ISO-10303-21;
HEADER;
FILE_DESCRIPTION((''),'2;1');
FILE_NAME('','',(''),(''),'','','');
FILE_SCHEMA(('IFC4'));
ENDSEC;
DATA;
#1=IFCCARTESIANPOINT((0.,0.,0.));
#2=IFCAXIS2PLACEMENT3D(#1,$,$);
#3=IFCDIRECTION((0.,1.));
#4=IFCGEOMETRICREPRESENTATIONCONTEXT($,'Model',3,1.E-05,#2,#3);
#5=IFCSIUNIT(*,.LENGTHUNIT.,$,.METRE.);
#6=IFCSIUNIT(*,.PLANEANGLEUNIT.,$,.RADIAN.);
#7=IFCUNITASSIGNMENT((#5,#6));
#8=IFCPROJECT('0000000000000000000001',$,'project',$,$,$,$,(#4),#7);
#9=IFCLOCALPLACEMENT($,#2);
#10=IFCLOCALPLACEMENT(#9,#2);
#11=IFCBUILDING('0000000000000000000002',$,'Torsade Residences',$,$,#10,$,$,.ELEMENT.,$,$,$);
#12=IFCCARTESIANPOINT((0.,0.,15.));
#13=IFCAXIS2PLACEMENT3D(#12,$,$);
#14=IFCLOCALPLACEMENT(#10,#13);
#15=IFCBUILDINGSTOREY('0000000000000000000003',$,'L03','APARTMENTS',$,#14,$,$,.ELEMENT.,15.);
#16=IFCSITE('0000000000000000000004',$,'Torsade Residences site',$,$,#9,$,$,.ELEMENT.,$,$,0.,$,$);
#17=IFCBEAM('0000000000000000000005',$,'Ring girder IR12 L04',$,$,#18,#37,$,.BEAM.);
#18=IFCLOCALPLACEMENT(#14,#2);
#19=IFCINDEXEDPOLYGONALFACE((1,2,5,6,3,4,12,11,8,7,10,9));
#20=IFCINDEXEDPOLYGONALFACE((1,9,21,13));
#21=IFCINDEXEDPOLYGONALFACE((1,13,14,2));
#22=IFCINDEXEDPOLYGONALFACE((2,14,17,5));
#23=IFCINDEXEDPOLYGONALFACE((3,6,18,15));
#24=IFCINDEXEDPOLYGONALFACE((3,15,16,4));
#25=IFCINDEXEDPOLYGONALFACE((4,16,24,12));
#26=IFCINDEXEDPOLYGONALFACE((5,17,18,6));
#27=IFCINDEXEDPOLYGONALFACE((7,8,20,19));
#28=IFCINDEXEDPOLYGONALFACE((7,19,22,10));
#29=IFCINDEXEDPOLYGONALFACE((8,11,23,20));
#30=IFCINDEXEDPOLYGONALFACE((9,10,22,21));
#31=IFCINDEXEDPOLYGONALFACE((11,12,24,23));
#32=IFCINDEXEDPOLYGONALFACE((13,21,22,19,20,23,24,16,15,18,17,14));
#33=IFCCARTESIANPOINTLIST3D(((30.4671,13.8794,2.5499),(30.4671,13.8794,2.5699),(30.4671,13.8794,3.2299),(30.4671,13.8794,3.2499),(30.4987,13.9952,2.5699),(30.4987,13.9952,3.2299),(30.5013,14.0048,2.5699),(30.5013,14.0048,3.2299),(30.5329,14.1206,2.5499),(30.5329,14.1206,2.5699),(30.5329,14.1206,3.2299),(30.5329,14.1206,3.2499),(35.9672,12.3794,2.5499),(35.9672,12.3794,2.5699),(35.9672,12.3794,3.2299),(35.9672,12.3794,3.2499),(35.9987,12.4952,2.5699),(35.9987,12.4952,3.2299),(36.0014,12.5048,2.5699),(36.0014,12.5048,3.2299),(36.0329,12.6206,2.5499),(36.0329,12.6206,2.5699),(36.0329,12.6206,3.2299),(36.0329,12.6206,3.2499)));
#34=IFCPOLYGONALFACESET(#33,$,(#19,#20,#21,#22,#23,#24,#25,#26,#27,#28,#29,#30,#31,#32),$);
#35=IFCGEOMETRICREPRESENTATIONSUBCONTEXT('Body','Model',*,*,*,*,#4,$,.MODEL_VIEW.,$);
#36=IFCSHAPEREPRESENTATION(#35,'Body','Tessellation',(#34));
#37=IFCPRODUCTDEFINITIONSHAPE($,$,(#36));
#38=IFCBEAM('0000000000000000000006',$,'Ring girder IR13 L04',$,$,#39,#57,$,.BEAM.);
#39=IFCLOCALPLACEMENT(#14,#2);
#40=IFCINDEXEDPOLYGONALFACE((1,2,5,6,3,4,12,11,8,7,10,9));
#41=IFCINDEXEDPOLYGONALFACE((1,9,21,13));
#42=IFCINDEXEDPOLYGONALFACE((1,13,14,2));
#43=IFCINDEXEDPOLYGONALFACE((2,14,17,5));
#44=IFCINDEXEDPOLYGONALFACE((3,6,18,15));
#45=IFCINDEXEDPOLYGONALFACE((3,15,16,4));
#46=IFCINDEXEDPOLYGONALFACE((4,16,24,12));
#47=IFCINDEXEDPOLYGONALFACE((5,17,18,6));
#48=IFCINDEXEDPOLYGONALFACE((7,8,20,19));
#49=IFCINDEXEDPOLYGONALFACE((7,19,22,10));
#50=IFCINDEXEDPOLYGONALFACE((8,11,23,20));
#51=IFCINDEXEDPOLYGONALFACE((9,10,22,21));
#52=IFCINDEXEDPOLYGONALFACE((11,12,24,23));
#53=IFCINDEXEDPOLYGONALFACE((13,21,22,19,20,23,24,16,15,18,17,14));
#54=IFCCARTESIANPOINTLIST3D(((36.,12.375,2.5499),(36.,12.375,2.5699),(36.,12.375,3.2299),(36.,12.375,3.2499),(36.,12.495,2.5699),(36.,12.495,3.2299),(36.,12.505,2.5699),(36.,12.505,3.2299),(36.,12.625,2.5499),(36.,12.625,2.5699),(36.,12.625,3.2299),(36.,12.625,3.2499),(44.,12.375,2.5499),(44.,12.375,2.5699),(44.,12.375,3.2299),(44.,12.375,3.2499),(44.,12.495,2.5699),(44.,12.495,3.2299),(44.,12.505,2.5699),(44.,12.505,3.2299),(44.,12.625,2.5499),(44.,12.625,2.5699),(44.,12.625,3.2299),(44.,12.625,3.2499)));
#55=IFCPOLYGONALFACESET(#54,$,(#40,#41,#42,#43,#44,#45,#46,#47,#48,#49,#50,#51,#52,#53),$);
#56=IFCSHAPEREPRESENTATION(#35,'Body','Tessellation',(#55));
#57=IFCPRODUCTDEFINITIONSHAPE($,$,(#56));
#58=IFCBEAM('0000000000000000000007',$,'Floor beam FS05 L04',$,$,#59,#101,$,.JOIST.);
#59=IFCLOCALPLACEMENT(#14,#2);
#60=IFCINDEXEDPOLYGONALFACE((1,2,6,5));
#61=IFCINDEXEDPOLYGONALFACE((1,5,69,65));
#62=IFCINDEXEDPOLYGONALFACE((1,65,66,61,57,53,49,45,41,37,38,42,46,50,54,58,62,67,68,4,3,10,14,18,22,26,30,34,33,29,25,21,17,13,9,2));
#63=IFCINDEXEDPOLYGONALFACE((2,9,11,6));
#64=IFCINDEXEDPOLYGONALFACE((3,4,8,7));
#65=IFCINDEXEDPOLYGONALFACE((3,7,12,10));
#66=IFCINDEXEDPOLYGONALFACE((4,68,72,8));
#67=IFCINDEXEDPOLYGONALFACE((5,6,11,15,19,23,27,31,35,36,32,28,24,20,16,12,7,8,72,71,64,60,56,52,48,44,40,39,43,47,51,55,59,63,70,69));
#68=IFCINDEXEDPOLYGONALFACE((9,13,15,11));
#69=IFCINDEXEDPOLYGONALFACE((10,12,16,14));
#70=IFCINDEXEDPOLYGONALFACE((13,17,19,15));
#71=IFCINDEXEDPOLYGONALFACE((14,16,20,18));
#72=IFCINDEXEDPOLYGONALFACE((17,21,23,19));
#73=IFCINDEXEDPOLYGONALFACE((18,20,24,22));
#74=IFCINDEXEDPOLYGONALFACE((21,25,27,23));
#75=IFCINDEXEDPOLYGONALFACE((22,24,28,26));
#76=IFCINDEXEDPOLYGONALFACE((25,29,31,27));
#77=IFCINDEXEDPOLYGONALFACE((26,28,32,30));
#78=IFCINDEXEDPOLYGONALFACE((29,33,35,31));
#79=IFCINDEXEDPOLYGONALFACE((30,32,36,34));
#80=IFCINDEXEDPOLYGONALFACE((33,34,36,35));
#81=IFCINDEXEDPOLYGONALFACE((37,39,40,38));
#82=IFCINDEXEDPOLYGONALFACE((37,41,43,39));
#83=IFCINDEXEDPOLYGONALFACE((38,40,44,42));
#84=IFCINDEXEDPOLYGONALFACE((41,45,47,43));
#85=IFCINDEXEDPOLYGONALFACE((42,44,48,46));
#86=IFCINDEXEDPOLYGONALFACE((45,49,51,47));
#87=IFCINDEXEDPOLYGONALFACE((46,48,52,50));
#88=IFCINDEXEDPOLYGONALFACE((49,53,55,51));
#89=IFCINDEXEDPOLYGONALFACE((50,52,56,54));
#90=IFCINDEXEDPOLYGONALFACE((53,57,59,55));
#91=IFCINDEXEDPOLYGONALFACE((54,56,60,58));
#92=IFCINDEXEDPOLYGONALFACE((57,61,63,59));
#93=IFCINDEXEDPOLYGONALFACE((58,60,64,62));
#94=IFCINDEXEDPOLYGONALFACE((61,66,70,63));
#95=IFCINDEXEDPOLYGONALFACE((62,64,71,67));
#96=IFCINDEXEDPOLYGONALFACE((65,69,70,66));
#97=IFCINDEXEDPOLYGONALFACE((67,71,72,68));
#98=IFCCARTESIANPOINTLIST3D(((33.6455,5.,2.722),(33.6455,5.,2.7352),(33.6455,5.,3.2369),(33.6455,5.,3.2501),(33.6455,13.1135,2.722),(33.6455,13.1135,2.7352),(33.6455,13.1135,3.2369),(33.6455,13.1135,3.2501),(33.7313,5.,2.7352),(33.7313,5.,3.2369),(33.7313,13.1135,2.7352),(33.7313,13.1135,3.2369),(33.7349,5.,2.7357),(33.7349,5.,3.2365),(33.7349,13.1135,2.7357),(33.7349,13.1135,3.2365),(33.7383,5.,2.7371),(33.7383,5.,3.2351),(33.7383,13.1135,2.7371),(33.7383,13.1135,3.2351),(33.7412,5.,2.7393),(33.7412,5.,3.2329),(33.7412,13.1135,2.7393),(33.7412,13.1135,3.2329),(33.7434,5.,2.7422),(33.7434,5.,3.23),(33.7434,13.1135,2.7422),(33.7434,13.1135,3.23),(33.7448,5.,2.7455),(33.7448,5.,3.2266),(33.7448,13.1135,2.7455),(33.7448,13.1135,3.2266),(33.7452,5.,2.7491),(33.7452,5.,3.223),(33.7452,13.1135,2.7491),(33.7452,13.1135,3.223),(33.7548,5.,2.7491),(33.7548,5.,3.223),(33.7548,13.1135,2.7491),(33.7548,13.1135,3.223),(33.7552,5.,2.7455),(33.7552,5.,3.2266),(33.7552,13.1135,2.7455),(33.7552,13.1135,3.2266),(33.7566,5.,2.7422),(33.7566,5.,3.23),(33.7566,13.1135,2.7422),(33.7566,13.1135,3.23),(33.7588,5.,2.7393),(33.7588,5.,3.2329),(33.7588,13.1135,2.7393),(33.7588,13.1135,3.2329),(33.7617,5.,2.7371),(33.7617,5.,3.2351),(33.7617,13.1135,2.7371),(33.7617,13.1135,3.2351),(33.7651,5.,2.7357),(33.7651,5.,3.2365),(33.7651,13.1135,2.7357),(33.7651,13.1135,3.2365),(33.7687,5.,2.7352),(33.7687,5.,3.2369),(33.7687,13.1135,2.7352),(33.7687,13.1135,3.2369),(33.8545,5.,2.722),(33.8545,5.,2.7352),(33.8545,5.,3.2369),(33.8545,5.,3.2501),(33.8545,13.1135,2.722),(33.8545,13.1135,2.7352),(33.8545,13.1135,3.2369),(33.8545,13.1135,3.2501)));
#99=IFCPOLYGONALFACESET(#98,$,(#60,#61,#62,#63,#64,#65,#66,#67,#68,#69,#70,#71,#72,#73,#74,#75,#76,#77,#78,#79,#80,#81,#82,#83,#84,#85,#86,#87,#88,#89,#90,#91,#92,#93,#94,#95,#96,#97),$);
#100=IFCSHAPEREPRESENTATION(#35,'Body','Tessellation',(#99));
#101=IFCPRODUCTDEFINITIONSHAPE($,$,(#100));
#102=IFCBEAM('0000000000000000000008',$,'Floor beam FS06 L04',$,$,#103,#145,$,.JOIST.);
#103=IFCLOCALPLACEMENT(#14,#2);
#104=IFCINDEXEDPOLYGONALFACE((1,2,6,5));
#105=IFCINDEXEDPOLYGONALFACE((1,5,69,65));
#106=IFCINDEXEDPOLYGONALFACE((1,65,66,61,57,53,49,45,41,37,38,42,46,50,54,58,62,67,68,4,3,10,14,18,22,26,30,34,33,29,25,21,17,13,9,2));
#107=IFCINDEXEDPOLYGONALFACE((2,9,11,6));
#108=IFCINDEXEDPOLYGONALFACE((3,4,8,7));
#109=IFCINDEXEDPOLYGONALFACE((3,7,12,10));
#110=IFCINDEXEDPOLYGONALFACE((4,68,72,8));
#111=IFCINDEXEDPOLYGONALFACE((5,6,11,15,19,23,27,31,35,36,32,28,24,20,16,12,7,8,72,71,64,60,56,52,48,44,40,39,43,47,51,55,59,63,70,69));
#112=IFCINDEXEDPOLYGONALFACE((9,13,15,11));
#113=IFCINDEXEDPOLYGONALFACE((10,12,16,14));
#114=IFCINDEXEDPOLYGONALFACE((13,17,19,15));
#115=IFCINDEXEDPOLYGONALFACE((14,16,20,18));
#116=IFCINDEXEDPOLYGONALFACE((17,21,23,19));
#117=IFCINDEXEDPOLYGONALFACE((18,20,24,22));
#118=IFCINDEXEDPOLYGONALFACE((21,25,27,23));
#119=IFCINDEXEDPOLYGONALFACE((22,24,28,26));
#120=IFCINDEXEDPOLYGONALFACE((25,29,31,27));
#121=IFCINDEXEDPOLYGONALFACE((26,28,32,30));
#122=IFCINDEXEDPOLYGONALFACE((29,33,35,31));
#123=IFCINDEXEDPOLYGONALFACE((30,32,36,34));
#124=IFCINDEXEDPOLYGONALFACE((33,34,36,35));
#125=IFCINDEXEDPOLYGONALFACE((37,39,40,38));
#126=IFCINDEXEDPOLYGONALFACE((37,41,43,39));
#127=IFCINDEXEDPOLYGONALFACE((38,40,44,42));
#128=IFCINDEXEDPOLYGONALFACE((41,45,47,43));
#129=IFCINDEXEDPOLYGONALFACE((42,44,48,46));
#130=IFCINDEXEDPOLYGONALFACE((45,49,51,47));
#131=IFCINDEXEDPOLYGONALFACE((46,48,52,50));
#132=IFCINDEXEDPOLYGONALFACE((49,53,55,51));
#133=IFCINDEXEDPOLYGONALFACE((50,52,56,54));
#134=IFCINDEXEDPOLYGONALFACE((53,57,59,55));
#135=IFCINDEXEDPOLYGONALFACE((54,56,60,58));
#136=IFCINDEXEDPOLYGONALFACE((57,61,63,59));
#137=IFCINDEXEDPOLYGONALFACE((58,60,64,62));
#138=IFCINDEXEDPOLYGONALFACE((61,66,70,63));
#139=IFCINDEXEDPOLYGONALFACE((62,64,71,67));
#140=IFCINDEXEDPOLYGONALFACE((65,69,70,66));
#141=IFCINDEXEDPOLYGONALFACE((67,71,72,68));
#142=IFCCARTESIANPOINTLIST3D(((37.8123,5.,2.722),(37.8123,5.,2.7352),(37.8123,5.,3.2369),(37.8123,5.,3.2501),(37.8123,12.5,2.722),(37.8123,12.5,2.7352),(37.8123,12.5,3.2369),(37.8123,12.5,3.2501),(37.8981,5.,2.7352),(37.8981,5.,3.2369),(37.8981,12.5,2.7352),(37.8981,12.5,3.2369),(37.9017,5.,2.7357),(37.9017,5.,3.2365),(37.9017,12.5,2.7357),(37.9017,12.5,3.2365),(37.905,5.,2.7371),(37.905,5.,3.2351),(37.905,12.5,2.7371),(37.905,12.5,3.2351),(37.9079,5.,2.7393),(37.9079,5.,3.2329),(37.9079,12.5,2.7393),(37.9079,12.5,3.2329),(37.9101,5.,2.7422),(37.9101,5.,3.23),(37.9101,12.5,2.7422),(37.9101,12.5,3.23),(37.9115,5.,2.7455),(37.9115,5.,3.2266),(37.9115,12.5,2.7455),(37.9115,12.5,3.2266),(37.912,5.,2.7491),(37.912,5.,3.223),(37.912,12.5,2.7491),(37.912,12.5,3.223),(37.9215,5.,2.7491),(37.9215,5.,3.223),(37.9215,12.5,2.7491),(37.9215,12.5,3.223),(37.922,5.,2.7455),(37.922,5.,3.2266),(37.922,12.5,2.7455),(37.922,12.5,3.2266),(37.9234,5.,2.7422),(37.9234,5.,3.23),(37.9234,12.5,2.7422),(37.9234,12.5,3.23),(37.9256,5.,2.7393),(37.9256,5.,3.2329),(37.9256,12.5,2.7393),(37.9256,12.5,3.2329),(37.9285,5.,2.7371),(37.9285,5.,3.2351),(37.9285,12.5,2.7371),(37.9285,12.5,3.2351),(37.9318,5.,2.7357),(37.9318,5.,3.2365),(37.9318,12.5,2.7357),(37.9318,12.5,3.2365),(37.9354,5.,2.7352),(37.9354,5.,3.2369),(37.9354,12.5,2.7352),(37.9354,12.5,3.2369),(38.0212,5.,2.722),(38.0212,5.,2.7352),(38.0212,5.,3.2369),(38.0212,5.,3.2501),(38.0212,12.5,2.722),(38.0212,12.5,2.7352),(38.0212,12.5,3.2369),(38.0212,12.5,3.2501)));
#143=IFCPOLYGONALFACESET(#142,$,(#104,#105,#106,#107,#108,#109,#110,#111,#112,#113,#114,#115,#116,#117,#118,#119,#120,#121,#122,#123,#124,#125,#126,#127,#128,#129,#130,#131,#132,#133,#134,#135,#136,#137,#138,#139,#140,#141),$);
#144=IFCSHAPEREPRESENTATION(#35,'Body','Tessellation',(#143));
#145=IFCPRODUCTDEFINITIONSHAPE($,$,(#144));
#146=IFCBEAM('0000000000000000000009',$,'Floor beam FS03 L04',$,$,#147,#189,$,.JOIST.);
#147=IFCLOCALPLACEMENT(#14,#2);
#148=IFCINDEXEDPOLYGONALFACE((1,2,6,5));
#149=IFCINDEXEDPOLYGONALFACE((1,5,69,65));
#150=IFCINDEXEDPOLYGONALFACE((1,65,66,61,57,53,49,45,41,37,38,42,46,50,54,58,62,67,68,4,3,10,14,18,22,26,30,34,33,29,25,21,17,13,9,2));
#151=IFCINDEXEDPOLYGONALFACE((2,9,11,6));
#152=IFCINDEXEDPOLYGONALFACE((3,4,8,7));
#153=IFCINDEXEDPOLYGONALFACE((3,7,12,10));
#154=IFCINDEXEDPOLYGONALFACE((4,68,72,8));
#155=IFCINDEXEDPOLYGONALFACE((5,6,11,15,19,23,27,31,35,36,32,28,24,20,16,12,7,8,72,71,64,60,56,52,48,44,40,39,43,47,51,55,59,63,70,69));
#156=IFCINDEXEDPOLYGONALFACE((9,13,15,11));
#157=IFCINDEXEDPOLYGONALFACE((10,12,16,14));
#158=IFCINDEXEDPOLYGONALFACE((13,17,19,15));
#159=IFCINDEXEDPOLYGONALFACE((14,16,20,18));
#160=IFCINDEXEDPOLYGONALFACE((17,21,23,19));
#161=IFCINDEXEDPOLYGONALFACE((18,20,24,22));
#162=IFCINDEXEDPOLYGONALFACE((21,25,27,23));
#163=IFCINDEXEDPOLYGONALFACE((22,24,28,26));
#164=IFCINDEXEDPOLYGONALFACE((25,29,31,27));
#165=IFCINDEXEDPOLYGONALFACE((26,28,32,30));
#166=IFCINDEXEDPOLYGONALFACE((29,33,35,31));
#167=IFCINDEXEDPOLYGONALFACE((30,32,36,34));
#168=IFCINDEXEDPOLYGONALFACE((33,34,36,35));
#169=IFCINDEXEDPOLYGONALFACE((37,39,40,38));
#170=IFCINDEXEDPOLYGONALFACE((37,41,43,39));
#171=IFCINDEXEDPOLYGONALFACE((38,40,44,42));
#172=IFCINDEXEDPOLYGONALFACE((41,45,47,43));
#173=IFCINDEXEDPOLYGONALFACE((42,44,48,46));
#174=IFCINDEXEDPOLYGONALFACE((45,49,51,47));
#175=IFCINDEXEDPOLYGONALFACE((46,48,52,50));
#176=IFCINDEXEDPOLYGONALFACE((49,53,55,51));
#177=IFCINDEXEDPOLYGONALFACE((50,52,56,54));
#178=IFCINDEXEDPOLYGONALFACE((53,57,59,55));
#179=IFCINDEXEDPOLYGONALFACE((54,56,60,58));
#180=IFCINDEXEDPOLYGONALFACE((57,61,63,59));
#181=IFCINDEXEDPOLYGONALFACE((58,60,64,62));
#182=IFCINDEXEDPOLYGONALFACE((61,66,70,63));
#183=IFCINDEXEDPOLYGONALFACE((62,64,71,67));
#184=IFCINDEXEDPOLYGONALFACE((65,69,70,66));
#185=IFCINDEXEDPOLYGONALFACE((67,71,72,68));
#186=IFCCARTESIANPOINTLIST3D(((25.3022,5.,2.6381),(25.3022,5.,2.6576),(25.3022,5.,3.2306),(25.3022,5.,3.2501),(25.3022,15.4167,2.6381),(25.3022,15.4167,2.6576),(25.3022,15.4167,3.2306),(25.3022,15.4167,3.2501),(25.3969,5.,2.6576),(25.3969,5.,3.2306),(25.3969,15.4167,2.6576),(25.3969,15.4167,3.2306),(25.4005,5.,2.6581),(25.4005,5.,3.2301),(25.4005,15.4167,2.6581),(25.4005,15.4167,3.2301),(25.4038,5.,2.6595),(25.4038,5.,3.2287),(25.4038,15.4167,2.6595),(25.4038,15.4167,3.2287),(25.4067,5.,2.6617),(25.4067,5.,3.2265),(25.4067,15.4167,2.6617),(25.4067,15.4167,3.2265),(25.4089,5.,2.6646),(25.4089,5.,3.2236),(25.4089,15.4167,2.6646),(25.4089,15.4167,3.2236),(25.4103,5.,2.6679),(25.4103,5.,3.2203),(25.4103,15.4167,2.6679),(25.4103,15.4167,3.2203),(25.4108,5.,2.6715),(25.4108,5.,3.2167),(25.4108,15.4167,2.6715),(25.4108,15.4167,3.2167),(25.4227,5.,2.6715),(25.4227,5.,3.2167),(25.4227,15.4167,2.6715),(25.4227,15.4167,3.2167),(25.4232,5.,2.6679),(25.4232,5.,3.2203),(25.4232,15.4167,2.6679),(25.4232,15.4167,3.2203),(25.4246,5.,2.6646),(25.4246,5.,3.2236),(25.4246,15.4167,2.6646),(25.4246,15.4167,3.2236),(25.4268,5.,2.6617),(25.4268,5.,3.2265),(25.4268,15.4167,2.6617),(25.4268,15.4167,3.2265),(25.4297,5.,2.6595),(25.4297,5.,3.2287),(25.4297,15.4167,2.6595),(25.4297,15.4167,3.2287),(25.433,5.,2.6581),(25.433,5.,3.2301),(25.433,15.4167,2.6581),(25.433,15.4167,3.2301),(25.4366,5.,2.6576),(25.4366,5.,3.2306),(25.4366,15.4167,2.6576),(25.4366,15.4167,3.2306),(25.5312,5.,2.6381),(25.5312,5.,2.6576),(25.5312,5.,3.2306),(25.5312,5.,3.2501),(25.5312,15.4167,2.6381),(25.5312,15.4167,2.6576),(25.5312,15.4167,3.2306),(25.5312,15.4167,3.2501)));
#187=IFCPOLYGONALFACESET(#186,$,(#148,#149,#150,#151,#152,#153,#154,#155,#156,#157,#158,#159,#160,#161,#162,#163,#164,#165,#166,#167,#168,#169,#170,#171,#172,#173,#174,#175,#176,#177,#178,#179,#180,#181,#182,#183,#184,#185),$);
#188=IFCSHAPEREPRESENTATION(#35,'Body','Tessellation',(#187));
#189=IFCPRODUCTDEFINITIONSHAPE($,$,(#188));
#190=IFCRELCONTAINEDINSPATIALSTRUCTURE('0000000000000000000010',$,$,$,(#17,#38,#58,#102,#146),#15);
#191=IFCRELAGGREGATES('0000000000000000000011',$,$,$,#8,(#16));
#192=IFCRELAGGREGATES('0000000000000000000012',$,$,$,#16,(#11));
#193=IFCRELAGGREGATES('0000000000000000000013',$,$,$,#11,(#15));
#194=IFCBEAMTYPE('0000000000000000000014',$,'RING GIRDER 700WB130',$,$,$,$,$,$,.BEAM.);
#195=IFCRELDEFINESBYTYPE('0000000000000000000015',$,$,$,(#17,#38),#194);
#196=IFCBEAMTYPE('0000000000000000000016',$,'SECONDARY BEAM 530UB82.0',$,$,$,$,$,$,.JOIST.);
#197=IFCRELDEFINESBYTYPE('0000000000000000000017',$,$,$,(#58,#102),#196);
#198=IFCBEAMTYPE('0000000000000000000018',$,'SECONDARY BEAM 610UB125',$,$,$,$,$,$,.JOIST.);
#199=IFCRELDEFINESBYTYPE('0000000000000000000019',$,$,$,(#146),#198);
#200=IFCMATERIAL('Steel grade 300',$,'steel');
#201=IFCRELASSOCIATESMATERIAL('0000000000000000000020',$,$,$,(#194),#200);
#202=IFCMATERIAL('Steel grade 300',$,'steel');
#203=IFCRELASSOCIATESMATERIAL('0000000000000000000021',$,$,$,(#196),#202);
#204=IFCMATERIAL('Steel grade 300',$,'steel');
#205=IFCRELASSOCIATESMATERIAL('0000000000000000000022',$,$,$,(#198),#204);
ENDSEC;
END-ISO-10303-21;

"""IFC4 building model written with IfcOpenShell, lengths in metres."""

from ifc_helpers import new_model, si_unit, direction, frame, origin, origin_2d, place, context, subcontext, project, spatial, i_section, extrude, material, material_profile, profile_set, type_object, element, save


model = new_model("IFC4")

# Units and contexts
model_context = context("Model", 3, precision=1e-05, world=origin(), true_north=direction((0.0, 1.0)))
body_context = subcontext(model_context, "Body", "Model", "MODEL_VIEW")
ifc_project = project(units=[si_unit("LENGTHUNIT", "METRE"), si_unit("PLANEANGLEUNIT", "RADIAN")], contexts=[model_context])

# Site, building, storey
site_placement = place(None, origin())
site = spatial("IfcSite", under=ifc_project, at=site_placement, Name="Torsade Residences site", CompositionType="ELEMENT", RefElevation=0.0)
building_placement = place(site_placement, origin())
building = spatial("IfcBuilding", under=site, at=building_placement, Name="Torsade Residences", CompositionType="ELEMENT")
storey_placement = place(building_placement, frame((0.0, 0.0, 15.0)))
storey = spatial("IfcBuildingStorey", under=building, at=storey_placement, Name="L03", Description="APARTMENTS", CompositionType="ELEMENT", Elevation=15.0)

# Beams
ifc_material_1 = material(Name="Steel grade 300", Category="steel")
ifc_material_profile_1 = material_profile(ifc_material_1, i_section(OverallWidth=0.25, OverallDepth=0.7, WebThickness=0.01, FlangeThickness=0.02, at=origin_2d()), Name="700WB130")
ifc_profile_set_1 = profile_set([ifc_material_profile_1], Name="Steel grade 300")
beam_type_1 = type_object("IfcBeamType", Name="RING GIRDER 700WB130", PredefinedType="BEAM", material=ifc_profile_set_1)
beam_1_placement = place(storey_placement, frame((30.5, 14.0, 2.8999), z_axis=(0.964764, -0.263117, 0.0), x_axis=(0.263117, 0.964764, 0.0)))
element("IfcBeam", 1, at=beam_1_placement, inside=storey, type_object=beam_type_1, Name="Ring girder IR12 L04", PredefinedType="BEAM", context=body_context, shape_type="SweptSolid", body=[
    extrude(i_section(OverallWidth=0.25, OverallDepth=0.7, WebThickness=0.01, FlangeThickness=0.02, at=origin_2d()), origin(), (0.0, 0.0, 1.0), 5.7009),
])
beam_2_placement = place(storey_placement, frame((36.0, 12.5, 2.8999), z_axis=(1.0, 0.0, 0.0), x_axis=(0.0, 1.0, 0.0)))
element("IfcBeam", 2, at=beam_2_placement, inside=storey, type_object=beam_type_1, Name="Ring girder IR13 L04", PredefinedType="BEAM", context=body_context, shape_type="SweptSolid", body=[
    extrude(i_section(OverallWidth=0.25, OverallDepth=0.7, WebThickness=0.01, FlangeThickness=0.02, at=origin_2d()), origin(), (0.0, 0.0, 1.0), 8.0),
])
ifc_material_2 = material(Name="Steel grade 300", Category="steel")
ifc_material_profile_2 = material_profile(ifc_material_2, i_section(OverallWidth=0.209, OverallDepth=0.5281, WebThickness=0.0095, FlangeThickness=0.0132, FilletRadius=0.0139, at=origin_2d()), Name="530UB82.0")
ifc_profile_set_2 = profile_set([ifc_material_profile_2], Name="Steel grade 300")
beam_type_2 = type_object("IfcBeamType", Name="SECONDARY BEAM 530UB82.0", PredefinedType="JOIST", material=ifc_profile_set_2)
beam_3_placement = place(storey_placement, frame((33.75, 5.0, 2.9861), z_axis=(0.0, 1.0, 0.0), x_axis=(-1.0, 0.0, 0.0)))
element("IfcBeam", 3, at=beam_3_placement, inside=storey, type_object=beam_type_2, Name="Floor beam FS05 L04", PredefinedType="JOIST", context=body_context, shape_type="SweptSolid", body=[
    extrude(i_section(OverallWidth=0.209, OverallDepth=0.5281, WebThickness=0.0095, FlangeThickness=0.0132, FilletRadius=0.0139, at=origin_2d()), origin(), (0.0, 0.0, 1.0), 8.1135),
])
beam_4_placement = place(storey_placement, frame((37.9167, 5.0, 2.9861), z_axis=(0.0, 1.0, 0.0), x_axis=(-1.0, 0.0, 0.0)))
element("IfcBeam", 4, at=beam_4_placement, inside=storey, type_object=beam_type_2, Name="Floor beam FS06 L04", PredefinedType="JOIST", context=body_context, shape_type="SweptSolid", body=[
    extrude(i_section(OverallWidth=0.209, OverallDepth=0.5281, WebThickness=0.0095, FlangeThickness=0.0132, FilletRadius=0.0139, at=origin_2d()), origin(), (0.0, 0.0, 1.0), 7.5),
])
ifc_material_3 = material(Name="Steel grade 300", Category="steel")
ifc_material_profile_3 = material_profile(ifc_material_3, i_section(OverallWidth=0.229, OverallDepth=0.6121, WebThickness=0.012, FlangeThickness=0.0195, FilletRadius=0.0139, at=origin_2d()), Name="610UB125")
ifc_profile_set_3 = profile_set([ifc_material_profile_3], Name="Steel grade 300")
beam_type_3 = type_object("IfcBeamType", Name="SECONDARY BEAM 610UB125", PredefinedType="JOIST", material=ifc_profile_set_3)
beam_5_placement = place(storey_placement, frame((25.4167, 5.0, 2.9441), z_axis=(0.0, 1.0, 0.0), x_axis=(-1.0, 0.0, 0.0)))
element("IfcBeam", 5, at=beam_5_placement, inside=storey, type_object=beam_type_3, Name="Floor beam FS03 L04", PredefinedType="JOIST", context=body_context, shape_type="SweptSolid", body=[
    extrude(i_section(OverallWidth=0.229, OverallDepth=0.6121, WebThickness=0.012, FlangeThickness=0.0195, FilletRadius=0.0139, at=origin_2d()), origin(), (0.0, 0.0, 1.0), 10.4167),
])

save(model, "model.ifc")
